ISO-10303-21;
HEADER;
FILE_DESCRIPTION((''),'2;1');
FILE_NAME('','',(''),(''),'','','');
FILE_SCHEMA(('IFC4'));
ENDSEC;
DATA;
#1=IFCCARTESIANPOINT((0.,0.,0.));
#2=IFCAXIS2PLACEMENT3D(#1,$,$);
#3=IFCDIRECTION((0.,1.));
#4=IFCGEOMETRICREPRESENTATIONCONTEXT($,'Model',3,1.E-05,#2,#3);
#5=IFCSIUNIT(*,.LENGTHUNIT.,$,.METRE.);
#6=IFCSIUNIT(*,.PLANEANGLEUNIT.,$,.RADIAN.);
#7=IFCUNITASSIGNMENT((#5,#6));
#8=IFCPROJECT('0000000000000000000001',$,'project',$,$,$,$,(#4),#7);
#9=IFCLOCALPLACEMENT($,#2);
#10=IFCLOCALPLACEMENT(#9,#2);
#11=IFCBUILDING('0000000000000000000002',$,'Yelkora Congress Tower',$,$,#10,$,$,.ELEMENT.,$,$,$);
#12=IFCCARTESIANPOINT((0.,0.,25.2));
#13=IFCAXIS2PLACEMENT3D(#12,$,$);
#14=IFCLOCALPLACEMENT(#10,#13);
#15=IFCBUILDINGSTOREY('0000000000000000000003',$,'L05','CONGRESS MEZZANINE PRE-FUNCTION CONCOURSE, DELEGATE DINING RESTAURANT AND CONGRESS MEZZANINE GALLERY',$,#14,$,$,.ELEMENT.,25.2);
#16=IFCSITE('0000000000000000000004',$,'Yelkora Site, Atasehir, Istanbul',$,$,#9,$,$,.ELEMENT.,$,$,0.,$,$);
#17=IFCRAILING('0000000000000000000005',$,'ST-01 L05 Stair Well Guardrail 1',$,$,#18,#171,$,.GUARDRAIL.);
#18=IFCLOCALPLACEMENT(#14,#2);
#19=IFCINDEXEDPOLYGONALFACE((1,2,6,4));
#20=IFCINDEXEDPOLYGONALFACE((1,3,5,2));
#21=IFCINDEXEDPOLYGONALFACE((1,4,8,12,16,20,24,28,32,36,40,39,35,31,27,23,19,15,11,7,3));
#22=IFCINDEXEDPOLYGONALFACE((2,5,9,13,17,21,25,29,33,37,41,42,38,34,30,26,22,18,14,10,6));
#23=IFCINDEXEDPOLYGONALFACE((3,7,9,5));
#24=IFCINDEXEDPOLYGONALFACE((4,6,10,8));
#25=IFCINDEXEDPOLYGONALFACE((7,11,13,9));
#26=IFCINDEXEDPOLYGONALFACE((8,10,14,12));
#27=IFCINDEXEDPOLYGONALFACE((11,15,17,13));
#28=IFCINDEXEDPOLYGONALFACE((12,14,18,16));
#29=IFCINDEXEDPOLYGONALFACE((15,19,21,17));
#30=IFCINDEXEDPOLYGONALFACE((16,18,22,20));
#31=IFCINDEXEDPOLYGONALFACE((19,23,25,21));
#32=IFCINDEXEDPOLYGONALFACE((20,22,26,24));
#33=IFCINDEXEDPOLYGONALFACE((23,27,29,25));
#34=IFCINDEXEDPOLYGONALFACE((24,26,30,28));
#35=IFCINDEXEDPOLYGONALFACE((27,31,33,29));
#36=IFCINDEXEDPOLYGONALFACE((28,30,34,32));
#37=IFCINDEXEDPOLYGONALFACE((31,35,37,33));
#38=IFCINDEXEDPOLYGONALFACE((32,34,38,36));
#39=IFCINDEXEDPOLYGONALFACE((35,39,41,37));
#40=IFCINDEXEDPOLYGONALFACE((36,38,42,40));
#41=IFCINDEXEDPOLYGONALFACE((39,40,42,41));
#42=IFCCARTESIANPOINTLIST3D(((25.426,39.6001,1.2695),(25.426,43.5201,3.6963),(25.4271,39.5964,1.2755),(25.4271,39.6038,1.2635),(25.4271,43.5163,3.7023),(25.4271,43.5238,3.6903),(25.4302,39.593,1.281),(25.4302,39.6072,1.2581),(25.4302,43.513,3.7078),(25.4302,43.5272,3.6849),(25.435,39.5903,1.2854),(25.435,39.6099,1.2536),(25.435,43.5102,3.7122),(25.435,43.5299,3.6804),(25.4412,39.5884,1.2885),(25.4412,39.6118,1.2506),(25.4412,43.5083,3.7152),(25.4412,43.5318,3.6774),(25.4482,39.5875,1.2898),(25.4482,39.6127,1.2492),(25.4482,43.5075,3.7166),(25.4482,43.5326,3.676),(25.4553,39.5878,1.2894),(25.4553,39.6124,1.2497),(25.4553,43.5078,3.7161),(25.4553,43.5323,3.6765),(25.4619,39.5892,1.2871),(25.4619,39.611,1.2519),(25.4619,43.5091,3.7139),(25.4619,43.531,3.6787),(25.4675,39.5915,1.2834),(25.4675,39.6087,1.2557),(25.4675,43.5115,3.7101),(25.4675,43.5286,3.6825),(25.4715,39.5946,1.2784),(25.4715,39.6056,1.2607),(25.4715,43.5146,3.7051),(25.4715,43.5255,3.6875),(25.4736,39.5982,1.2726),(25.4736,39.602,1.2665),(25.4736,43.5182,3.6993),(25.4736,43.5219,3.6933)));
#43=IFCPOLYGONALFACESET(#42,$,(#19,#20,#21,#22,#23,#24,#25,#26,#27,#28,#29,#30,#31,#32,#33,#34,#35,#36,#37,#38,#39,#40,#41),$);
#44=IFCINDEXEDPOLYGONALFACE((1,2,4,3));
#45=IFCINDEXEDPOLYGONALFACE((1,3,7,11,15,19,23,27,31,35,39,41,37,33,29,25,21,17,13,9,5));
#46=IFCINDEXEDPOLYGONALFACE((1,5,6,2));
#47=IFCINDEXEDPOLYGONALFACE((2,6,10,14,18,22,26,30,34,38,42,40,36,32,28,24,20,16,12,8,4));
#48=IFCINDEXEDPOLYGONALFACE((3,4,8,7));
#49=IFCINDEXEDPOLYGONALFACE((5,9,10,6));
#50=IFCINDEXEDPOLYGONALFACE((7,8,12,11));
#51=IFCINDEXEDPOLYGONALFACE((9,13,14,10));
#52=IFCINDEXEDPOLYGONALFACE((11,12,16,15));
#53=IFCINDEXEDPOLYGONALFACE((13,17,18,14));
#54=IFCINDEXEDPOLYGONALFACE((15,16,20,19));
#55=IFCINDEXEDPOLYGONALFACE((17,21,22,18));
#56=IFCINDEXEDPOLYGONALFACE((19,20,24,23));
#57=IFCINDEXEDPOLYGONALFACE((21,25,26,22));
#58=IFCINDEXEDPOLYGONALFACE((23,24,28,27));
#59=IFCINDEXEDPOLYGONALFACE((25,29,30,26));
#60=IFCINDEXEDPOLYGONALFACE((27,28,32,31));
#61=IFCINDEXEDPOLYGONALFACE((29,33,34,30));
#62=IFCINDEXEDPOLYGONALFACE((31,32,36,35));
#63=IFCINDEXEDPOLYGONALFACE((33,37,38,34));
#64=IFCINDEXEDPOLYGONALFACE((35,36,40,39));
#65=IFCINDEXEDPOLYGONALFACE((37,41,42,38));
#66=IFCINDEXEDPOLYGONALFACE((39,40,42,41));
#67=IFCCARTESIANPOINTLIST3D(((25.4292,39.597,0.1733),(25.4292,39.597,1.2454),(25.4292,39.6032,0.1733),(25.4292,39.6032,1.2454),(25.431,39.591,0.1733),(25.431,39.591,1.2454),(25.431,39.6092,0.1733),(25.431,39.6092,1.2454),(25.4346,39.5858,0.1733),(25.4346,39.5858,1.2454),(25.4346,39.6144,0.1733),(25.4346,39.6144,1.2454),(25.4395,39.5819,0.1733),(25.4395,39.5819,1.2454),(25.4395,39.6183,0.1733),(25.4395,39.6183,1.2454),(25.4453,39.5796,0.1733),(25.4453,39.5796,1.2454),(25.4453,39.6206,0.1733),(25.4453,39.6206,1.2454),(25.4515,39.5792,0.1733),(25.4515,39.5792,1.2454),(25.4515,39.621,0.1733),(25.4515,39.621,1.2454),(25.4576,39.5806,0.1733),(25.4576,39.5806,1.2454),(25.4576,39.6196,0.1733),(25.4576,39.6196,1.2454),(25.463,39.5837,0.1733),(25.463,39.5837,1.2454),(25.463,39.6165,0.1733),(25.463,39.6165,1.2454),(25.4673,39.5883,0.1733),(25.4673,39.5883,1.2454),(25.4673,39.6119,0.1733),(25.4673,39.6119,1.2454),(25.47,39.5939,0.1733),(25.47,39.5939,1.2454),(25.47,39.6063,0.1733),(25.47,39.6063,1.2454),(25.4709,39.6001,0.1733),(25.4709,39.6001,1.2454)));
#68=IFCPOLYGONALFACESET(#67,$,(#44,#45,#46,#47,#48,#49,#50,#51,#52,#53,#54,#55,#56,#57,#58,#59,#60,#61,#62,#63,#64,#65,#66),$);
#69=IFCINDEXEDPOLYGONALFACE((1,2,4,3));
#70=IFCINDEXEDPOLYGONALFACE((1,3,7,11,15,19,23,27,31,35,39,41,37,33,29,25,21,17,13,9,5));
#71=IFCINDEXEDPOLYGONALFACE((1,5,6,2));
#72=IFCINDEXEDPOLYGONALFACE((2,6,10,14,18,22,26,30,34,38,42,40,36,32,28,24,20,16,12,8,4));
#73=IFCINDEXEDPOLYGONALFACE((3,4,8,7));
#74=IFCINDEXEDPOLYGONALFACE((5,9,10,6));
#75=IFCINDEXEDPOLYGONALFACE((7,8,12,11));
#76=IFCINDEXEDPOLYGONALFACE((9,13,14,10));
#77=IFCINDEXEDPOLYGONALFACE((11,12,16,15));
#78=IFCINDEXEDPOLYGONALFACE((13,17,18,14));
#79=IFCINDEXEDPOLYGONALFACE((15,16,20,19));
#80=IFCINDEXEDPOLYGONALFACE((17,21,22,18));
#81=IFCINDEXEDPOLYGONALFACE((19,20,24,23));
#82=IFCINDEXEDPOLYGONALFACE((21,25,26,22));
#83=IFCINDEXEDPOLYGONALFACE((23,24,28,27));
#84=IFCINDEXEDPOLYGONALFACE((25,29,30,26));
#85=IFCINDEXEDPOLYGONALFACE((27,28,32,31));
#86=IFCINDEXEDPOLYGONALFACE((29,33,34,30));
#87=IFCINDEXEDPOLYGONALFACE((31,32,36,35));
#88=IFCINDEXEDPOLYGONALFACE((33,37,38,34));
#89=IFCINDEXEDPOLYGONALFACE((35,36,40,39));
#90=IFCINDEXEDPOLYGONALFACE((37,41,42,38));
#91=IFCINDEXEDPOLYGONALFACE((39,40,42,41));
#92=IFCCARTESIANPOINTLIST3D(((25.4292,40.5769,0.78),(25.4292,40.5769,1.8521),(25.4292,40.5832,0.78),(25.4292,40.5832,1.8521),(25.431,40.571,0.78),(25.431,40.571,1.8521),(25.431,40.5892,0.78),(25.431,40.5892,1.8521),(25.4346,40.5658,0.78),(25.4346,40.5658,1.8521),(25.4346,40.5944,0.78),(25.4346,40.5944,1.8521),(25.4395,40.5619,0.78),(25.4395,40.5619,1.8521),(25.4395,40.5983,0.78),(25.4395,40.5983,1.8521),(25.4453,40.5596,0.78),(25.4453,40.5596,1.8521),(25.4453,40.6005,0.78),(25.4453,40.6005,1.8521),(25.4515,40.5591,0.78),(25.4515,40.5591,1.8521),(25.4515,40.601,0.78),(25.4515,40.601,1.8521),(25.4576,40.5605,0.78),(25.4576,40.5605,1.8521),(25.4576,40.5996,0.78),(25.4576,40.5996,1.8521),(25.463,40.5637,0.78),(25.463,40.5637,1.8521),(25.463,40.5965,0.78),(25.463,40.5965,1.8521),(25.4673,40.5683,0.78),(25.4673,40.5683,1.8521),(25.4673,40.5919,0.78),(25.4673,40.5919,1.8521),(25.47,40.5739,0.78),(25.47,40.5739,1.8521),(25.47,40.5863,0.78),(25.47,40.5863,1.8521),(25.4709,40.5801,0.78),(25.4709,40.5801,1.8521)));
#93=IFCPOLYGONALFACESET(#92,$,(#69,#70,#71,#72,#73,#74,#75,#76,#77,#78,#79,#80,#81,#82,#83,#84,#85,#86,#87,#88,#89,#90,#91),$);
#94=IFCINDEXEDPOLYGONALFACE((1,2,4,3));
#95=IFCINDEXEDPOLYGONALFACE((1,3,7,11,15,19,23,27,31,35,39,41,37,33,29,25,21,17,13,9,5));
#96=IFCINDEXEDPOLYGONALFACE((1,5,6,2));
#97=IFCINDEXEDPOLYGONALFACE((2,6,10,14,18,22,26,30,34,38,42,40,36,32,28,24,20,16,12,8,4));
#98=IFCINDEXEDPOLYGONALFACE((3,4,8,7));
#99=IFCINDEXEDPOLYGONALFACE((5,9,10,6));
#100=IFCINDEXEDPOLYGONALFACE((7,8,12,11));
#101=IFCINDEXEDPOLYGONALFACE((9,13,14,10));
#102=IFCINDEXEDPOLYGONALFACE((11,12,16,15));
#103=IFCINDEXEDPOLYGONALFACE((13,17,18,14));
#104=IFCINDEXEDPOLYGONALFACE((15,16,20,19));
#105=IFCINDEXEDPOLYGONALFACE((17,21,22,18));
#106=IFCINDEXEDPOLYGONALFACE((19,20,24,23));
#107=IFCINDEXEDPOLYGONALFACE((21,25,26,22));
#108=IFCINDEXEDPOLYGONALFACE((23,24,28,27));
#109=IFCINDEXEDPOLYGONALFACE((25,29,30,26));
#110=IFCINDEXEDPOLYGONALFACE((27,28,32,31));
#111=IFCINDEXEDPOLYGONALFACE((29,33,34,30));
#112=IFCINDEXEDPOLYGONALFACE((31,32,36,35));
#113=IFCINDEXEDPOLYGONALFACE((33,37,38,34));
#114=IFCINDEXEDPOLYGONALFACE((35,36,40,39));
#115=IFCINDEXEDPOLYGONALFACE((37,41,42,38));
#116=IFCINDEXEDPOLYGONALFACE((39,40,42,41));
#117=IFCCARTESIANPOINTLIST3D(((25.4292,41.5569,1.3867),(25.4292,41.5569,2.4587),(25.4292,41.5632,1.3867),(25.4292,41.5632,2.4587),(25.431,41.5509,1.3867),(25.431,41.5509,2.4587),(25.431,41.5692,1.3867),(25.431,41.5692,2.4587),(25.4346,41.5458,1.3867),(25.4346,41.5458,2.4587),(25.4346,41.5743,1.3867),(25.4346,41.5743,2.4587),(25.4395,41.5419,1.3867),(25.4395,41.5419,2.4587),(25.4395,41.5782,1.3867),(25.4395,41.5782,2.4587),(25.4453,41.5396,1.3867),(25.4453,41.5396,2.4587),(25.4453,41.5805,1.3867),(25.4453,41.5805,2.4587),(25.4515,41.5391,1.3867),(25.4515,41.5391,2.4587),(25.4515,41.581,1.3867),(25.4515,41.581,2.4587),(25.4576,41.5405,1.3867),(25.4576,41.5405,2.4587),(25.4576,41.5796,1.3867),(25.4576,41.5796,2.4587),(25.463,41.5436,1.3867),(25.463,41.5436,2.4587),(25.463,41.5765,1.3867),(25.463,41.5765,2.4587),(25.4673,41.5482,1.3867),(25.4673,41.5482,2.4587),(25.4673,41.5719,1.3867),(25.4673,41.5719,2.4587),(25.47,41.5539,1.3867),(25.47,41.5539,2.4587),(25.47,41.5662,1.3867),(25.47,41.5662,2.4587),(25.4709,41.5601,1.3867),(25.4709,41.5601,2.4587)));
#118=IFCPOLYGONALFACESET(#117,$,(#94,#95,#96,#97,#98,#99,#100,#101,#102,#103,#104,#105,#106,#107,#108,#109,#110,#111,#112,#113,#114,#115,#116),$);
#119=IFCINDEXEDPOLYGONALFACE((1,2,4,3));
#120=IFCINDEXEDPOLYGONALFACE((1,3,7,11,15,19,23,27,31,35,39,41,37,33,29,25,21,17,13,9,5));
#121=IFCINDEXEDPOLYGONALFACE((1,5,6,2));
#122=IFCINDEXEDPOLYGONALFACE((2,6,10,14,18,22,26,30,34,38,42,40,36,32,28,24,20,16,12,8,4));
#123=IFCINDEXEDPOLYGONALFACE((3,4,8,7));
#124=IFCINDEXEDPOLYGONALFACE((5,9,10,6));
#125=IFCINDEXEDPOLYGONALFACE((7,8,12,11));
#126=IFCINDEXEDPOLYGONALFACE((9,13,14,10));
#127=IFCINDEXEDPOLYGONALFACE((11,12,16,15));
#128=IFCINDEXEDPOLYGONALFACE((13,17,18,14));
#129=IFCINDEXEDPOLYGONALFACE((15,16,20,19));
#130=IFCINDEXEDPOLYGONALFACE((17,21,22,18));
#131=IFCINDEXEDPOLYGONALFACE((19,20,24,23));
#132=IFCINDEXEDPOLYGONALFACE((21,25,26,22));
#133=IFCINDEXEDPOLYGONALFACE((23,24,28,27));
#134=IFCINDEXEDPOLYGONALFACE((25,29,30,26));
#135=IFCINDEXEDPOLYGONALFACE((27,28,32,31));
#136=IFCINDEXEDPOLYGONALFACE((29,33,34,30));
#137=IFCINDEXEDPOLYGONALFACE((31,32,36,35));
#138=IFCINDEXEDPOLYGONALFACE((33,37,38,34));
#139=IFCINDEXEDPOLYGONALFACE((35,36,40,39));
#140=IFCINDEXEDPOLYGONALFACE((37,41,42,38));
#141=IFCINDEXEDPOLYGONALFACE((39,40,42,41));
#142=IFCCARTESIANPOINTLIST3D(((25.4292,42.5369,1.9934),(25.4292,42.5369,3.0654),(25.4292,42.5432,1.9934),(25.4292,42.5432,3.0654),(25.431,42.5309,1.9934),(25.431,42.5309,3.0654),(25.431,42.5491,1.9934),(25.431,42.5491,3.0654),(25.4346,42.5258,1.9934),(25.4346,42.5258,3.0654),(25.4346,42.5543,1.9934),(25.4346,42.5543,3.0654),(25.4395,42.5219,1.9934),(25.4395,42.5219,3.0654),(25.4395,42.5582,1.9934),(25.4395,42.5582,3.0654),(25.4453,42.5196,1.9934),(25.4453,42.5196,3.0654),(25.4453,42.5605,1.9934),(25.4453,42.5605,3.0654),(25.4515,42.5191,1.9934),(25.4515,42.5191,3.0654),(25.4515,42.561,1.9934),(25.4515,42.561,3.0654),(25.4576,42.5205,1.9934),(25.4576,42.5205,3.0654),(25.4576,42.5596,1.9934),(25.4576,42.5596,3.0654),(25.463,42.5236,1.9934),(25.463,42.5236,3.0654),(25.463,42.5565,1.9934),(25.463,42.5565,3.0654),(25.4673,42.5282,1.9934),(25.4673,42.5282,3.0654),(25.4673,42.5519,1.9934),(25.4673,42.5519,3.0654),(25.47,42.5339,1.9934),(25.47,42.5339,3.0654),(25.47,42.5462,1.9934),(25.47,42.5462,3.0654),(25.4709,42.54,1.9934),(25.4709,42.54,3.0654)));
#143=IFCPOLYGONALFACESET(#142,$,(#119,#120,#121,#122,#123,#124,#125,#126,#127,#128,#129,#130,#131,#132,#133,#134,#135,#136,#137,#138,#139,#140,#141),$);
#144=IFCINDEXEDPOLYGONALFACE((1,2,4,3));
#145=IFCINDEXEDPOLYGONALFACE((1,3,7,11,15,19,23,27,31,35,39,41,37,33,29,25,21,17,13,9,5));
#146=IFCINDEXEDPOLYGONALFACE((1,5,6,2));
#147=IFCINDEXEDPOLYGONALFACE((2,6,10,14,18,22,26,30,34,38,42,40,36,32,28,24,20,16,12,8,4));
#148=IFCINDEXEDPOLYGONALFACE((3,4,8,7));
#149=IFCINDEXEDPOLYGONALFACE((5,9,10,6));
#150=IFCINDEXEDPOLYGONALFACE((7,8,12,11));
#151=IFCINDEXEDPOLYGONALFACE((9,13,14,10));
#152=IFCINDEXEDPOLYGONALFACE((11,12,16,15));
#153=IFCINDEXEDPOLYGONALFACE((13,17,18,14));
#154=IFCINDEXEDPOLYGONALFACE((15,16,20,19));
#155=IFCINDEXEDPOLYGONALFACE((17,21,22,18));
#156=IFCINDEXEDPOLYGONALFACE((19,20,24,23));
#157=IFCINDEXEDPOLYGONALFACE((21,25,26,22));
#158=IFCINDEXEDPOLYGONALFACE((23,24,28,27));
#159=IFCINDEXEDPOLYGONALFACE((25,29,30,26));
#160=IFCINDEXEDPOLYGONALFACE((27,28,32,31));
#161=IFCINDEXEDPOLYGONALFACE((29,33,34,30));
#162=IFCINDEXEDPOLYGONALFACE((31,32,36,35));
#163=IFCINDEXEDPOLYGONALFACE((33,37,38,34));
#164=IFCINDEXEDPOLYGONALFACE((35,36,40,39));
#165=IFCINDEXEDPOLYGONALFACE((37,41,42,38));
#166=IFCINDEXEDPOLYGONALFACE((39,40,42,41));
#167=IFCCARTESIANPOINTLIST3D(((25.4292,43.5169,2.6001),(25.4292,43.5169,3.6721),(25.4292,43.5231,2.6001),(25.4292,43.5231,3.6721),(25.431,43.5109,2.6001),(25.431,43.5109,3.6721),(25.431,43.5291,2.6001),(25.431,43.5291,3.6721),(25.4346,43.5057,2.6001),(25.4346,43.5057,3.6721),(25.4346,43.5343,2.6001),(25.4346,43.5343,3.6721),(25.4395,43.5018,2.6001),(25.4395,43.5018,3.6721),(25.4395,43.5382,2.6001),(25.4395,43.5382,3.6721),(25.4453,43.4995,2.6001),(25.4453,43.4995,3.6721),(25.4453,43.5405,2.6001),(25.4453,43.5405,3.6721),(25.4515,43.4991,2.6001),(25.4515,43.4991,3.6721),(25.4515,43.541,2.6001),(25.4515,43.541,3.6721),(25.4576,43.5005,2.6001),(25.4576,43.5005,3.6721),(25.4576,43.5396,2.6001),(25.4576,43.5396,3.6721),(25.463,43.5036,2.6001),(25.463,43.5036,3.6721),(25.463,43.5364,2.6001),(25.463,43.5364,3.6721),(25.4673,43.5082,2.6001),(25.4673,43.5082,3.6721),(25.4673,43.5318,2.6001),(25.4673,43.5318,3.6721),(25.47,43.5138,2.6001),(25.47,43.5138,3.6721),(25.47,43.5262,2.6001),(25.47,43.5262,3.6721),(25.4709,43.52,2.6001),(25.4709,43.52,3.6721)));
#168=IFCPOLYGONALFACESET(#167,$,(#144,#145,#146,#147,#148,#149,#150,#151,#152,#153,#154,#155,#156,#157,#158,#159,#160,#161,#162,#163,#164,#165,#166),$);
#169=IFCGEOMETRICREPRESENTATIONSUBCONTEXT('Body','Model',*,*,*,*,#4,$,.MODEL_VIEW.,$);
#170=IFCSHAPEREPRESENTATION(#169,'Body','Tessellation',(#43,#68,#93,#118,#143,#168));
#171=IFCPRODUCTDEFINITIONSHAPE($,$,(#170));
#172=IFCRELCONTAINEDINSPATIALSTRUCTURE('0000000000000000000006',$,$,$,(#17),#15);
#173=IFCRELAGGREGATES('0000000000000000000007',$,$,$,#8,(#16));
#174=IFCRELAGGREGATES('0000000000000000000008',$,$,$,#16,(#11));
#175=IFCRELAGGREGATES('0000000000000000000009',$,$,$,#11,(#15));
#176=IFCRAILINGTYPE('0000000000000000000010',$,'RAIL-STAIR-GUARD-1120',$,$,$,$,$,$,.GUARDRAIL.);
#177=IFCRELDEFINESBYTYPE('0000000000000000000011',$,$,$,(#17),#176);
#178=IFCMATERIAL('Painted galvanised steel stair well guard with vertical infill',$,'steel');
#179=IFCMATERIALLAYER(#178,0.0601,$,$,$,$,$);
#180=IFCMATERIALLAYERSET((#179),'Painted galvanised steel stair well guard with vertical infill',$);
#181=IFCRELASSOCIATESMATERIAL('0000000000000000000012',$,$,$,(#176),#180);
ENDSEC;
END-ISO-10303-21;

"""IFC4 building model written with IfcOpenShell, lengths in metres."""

from ifc_helpers import new_model, si_unit, direction, frame, origin, origin_2d, place, context, subcontext, project, spatial, circle, extrude, material, layer, layer_set, type_object, element, save


model = new_model("IFC4")

# Units and contexts
model_context = context("Model", 3, precision=1e-05, world=origin(), true_north=direction((0.0, 1.0)))
body_context = subcontext(model_context, "Body", "Model", "MODEL_VIEW")
ifc_project = project(units=[si_unit("LENGTHUNIT", "METRE"), si_unit("PLANEANGLEUNIT", "RADIAN")], contexts=[model_context])

# Site, building, storey
site_placement = place(None, origin())
site = spatial("IfcSite", under=ifc_project, at=site_placement, Name="Yelkora Site, Atasehir, Istanbul", CompositionType="ELEMENT", RefElevation=0.0)
building_placement = place(site_placement, origin())
building = spatial("IfcBuilding", under=site, at=building_placement, Name="Yelkora Congress Tower", CompositionType="ELEMENT")
storey_placement = place(building_placement, frame((0.0, 0.0, 25.2)))
storey = spatial("IfcBuildingStorey", under=building, at=storey_placement, Name="L05", Description="CONGRESS MEZZANINE PRE-FUNCTION CONCOURSE, DELEGATE DINING RESTAURANT AND CONGRESS MEZZANINE GALLERY", CompositionType="ELEMENT", Elevation=25.2)

# Railing
ifc_material_1 = material(Name="Painted galvanised steel stair well guard with vertical infill", Category="steel")
ifc_layer_1 = layer(ifc_material_1, 0.0601)
ifc_layer_set_1 = layer_set([ifc_layer_1], Name="Painted galvanised steel stair well guard with vertical infill")
railing_type_1 = type_object("IfcRailingType", Name="RAIL-STAIR-GUARD-1120", PredefinedType="GUARDRAIL", material=ifc_layer_set_1)
railing_1_placement = place(storey_placement, frame((25.45, 39.6001, 0.1733)))
element("IfcRailing", 1, at=railing_1_placement, inside=storey, type_object=railing_type_1, Name="ST-01 L05 Stair Well Guardrail 1", PredefinedType="GUARDRAIL", context=body_context, shape_type="SweptSolid", body=[
    extrude(circle(Radius=0.0239, at=origin_2d()), frame((0.0, 0.0, 1.0962), z_axis=(0.0, 0.850252, 0.526376), x_axis=(-1.0, 0.0, 0.0)), (0.0, 0.0, 1.0), 4.6104),
    extrude(circle(Radius=0.021, at=origin_2d()), origin(), (0.0, 0.0, 1.0), 1.072),
    extrude(circle(Radius=0.021, at=origin_2d()), frame((0.0, 0.98, 0.6067)), (0.0, 0.0, 1.0), 1.072),
    extrude(circle(Radius=0.021, at=origin_2d()), frame((0.0, 1.96, 1.2134)), (0.0, 0.0, 1.0), 1.072),
    extrude(circle(Radius=0.021, at=origin_2d()), frame((0.0, 2.9399, 1.8201)), (0.0, 0.0, 1.0), 1.072),
    extrude(circle(Radius=0.021, at=origin_2d()), frame((0.0, 3.9199, 2.4268)), (0.0, 0.0, 1.0), 1.072),
])

save(model, "model.ifc")
